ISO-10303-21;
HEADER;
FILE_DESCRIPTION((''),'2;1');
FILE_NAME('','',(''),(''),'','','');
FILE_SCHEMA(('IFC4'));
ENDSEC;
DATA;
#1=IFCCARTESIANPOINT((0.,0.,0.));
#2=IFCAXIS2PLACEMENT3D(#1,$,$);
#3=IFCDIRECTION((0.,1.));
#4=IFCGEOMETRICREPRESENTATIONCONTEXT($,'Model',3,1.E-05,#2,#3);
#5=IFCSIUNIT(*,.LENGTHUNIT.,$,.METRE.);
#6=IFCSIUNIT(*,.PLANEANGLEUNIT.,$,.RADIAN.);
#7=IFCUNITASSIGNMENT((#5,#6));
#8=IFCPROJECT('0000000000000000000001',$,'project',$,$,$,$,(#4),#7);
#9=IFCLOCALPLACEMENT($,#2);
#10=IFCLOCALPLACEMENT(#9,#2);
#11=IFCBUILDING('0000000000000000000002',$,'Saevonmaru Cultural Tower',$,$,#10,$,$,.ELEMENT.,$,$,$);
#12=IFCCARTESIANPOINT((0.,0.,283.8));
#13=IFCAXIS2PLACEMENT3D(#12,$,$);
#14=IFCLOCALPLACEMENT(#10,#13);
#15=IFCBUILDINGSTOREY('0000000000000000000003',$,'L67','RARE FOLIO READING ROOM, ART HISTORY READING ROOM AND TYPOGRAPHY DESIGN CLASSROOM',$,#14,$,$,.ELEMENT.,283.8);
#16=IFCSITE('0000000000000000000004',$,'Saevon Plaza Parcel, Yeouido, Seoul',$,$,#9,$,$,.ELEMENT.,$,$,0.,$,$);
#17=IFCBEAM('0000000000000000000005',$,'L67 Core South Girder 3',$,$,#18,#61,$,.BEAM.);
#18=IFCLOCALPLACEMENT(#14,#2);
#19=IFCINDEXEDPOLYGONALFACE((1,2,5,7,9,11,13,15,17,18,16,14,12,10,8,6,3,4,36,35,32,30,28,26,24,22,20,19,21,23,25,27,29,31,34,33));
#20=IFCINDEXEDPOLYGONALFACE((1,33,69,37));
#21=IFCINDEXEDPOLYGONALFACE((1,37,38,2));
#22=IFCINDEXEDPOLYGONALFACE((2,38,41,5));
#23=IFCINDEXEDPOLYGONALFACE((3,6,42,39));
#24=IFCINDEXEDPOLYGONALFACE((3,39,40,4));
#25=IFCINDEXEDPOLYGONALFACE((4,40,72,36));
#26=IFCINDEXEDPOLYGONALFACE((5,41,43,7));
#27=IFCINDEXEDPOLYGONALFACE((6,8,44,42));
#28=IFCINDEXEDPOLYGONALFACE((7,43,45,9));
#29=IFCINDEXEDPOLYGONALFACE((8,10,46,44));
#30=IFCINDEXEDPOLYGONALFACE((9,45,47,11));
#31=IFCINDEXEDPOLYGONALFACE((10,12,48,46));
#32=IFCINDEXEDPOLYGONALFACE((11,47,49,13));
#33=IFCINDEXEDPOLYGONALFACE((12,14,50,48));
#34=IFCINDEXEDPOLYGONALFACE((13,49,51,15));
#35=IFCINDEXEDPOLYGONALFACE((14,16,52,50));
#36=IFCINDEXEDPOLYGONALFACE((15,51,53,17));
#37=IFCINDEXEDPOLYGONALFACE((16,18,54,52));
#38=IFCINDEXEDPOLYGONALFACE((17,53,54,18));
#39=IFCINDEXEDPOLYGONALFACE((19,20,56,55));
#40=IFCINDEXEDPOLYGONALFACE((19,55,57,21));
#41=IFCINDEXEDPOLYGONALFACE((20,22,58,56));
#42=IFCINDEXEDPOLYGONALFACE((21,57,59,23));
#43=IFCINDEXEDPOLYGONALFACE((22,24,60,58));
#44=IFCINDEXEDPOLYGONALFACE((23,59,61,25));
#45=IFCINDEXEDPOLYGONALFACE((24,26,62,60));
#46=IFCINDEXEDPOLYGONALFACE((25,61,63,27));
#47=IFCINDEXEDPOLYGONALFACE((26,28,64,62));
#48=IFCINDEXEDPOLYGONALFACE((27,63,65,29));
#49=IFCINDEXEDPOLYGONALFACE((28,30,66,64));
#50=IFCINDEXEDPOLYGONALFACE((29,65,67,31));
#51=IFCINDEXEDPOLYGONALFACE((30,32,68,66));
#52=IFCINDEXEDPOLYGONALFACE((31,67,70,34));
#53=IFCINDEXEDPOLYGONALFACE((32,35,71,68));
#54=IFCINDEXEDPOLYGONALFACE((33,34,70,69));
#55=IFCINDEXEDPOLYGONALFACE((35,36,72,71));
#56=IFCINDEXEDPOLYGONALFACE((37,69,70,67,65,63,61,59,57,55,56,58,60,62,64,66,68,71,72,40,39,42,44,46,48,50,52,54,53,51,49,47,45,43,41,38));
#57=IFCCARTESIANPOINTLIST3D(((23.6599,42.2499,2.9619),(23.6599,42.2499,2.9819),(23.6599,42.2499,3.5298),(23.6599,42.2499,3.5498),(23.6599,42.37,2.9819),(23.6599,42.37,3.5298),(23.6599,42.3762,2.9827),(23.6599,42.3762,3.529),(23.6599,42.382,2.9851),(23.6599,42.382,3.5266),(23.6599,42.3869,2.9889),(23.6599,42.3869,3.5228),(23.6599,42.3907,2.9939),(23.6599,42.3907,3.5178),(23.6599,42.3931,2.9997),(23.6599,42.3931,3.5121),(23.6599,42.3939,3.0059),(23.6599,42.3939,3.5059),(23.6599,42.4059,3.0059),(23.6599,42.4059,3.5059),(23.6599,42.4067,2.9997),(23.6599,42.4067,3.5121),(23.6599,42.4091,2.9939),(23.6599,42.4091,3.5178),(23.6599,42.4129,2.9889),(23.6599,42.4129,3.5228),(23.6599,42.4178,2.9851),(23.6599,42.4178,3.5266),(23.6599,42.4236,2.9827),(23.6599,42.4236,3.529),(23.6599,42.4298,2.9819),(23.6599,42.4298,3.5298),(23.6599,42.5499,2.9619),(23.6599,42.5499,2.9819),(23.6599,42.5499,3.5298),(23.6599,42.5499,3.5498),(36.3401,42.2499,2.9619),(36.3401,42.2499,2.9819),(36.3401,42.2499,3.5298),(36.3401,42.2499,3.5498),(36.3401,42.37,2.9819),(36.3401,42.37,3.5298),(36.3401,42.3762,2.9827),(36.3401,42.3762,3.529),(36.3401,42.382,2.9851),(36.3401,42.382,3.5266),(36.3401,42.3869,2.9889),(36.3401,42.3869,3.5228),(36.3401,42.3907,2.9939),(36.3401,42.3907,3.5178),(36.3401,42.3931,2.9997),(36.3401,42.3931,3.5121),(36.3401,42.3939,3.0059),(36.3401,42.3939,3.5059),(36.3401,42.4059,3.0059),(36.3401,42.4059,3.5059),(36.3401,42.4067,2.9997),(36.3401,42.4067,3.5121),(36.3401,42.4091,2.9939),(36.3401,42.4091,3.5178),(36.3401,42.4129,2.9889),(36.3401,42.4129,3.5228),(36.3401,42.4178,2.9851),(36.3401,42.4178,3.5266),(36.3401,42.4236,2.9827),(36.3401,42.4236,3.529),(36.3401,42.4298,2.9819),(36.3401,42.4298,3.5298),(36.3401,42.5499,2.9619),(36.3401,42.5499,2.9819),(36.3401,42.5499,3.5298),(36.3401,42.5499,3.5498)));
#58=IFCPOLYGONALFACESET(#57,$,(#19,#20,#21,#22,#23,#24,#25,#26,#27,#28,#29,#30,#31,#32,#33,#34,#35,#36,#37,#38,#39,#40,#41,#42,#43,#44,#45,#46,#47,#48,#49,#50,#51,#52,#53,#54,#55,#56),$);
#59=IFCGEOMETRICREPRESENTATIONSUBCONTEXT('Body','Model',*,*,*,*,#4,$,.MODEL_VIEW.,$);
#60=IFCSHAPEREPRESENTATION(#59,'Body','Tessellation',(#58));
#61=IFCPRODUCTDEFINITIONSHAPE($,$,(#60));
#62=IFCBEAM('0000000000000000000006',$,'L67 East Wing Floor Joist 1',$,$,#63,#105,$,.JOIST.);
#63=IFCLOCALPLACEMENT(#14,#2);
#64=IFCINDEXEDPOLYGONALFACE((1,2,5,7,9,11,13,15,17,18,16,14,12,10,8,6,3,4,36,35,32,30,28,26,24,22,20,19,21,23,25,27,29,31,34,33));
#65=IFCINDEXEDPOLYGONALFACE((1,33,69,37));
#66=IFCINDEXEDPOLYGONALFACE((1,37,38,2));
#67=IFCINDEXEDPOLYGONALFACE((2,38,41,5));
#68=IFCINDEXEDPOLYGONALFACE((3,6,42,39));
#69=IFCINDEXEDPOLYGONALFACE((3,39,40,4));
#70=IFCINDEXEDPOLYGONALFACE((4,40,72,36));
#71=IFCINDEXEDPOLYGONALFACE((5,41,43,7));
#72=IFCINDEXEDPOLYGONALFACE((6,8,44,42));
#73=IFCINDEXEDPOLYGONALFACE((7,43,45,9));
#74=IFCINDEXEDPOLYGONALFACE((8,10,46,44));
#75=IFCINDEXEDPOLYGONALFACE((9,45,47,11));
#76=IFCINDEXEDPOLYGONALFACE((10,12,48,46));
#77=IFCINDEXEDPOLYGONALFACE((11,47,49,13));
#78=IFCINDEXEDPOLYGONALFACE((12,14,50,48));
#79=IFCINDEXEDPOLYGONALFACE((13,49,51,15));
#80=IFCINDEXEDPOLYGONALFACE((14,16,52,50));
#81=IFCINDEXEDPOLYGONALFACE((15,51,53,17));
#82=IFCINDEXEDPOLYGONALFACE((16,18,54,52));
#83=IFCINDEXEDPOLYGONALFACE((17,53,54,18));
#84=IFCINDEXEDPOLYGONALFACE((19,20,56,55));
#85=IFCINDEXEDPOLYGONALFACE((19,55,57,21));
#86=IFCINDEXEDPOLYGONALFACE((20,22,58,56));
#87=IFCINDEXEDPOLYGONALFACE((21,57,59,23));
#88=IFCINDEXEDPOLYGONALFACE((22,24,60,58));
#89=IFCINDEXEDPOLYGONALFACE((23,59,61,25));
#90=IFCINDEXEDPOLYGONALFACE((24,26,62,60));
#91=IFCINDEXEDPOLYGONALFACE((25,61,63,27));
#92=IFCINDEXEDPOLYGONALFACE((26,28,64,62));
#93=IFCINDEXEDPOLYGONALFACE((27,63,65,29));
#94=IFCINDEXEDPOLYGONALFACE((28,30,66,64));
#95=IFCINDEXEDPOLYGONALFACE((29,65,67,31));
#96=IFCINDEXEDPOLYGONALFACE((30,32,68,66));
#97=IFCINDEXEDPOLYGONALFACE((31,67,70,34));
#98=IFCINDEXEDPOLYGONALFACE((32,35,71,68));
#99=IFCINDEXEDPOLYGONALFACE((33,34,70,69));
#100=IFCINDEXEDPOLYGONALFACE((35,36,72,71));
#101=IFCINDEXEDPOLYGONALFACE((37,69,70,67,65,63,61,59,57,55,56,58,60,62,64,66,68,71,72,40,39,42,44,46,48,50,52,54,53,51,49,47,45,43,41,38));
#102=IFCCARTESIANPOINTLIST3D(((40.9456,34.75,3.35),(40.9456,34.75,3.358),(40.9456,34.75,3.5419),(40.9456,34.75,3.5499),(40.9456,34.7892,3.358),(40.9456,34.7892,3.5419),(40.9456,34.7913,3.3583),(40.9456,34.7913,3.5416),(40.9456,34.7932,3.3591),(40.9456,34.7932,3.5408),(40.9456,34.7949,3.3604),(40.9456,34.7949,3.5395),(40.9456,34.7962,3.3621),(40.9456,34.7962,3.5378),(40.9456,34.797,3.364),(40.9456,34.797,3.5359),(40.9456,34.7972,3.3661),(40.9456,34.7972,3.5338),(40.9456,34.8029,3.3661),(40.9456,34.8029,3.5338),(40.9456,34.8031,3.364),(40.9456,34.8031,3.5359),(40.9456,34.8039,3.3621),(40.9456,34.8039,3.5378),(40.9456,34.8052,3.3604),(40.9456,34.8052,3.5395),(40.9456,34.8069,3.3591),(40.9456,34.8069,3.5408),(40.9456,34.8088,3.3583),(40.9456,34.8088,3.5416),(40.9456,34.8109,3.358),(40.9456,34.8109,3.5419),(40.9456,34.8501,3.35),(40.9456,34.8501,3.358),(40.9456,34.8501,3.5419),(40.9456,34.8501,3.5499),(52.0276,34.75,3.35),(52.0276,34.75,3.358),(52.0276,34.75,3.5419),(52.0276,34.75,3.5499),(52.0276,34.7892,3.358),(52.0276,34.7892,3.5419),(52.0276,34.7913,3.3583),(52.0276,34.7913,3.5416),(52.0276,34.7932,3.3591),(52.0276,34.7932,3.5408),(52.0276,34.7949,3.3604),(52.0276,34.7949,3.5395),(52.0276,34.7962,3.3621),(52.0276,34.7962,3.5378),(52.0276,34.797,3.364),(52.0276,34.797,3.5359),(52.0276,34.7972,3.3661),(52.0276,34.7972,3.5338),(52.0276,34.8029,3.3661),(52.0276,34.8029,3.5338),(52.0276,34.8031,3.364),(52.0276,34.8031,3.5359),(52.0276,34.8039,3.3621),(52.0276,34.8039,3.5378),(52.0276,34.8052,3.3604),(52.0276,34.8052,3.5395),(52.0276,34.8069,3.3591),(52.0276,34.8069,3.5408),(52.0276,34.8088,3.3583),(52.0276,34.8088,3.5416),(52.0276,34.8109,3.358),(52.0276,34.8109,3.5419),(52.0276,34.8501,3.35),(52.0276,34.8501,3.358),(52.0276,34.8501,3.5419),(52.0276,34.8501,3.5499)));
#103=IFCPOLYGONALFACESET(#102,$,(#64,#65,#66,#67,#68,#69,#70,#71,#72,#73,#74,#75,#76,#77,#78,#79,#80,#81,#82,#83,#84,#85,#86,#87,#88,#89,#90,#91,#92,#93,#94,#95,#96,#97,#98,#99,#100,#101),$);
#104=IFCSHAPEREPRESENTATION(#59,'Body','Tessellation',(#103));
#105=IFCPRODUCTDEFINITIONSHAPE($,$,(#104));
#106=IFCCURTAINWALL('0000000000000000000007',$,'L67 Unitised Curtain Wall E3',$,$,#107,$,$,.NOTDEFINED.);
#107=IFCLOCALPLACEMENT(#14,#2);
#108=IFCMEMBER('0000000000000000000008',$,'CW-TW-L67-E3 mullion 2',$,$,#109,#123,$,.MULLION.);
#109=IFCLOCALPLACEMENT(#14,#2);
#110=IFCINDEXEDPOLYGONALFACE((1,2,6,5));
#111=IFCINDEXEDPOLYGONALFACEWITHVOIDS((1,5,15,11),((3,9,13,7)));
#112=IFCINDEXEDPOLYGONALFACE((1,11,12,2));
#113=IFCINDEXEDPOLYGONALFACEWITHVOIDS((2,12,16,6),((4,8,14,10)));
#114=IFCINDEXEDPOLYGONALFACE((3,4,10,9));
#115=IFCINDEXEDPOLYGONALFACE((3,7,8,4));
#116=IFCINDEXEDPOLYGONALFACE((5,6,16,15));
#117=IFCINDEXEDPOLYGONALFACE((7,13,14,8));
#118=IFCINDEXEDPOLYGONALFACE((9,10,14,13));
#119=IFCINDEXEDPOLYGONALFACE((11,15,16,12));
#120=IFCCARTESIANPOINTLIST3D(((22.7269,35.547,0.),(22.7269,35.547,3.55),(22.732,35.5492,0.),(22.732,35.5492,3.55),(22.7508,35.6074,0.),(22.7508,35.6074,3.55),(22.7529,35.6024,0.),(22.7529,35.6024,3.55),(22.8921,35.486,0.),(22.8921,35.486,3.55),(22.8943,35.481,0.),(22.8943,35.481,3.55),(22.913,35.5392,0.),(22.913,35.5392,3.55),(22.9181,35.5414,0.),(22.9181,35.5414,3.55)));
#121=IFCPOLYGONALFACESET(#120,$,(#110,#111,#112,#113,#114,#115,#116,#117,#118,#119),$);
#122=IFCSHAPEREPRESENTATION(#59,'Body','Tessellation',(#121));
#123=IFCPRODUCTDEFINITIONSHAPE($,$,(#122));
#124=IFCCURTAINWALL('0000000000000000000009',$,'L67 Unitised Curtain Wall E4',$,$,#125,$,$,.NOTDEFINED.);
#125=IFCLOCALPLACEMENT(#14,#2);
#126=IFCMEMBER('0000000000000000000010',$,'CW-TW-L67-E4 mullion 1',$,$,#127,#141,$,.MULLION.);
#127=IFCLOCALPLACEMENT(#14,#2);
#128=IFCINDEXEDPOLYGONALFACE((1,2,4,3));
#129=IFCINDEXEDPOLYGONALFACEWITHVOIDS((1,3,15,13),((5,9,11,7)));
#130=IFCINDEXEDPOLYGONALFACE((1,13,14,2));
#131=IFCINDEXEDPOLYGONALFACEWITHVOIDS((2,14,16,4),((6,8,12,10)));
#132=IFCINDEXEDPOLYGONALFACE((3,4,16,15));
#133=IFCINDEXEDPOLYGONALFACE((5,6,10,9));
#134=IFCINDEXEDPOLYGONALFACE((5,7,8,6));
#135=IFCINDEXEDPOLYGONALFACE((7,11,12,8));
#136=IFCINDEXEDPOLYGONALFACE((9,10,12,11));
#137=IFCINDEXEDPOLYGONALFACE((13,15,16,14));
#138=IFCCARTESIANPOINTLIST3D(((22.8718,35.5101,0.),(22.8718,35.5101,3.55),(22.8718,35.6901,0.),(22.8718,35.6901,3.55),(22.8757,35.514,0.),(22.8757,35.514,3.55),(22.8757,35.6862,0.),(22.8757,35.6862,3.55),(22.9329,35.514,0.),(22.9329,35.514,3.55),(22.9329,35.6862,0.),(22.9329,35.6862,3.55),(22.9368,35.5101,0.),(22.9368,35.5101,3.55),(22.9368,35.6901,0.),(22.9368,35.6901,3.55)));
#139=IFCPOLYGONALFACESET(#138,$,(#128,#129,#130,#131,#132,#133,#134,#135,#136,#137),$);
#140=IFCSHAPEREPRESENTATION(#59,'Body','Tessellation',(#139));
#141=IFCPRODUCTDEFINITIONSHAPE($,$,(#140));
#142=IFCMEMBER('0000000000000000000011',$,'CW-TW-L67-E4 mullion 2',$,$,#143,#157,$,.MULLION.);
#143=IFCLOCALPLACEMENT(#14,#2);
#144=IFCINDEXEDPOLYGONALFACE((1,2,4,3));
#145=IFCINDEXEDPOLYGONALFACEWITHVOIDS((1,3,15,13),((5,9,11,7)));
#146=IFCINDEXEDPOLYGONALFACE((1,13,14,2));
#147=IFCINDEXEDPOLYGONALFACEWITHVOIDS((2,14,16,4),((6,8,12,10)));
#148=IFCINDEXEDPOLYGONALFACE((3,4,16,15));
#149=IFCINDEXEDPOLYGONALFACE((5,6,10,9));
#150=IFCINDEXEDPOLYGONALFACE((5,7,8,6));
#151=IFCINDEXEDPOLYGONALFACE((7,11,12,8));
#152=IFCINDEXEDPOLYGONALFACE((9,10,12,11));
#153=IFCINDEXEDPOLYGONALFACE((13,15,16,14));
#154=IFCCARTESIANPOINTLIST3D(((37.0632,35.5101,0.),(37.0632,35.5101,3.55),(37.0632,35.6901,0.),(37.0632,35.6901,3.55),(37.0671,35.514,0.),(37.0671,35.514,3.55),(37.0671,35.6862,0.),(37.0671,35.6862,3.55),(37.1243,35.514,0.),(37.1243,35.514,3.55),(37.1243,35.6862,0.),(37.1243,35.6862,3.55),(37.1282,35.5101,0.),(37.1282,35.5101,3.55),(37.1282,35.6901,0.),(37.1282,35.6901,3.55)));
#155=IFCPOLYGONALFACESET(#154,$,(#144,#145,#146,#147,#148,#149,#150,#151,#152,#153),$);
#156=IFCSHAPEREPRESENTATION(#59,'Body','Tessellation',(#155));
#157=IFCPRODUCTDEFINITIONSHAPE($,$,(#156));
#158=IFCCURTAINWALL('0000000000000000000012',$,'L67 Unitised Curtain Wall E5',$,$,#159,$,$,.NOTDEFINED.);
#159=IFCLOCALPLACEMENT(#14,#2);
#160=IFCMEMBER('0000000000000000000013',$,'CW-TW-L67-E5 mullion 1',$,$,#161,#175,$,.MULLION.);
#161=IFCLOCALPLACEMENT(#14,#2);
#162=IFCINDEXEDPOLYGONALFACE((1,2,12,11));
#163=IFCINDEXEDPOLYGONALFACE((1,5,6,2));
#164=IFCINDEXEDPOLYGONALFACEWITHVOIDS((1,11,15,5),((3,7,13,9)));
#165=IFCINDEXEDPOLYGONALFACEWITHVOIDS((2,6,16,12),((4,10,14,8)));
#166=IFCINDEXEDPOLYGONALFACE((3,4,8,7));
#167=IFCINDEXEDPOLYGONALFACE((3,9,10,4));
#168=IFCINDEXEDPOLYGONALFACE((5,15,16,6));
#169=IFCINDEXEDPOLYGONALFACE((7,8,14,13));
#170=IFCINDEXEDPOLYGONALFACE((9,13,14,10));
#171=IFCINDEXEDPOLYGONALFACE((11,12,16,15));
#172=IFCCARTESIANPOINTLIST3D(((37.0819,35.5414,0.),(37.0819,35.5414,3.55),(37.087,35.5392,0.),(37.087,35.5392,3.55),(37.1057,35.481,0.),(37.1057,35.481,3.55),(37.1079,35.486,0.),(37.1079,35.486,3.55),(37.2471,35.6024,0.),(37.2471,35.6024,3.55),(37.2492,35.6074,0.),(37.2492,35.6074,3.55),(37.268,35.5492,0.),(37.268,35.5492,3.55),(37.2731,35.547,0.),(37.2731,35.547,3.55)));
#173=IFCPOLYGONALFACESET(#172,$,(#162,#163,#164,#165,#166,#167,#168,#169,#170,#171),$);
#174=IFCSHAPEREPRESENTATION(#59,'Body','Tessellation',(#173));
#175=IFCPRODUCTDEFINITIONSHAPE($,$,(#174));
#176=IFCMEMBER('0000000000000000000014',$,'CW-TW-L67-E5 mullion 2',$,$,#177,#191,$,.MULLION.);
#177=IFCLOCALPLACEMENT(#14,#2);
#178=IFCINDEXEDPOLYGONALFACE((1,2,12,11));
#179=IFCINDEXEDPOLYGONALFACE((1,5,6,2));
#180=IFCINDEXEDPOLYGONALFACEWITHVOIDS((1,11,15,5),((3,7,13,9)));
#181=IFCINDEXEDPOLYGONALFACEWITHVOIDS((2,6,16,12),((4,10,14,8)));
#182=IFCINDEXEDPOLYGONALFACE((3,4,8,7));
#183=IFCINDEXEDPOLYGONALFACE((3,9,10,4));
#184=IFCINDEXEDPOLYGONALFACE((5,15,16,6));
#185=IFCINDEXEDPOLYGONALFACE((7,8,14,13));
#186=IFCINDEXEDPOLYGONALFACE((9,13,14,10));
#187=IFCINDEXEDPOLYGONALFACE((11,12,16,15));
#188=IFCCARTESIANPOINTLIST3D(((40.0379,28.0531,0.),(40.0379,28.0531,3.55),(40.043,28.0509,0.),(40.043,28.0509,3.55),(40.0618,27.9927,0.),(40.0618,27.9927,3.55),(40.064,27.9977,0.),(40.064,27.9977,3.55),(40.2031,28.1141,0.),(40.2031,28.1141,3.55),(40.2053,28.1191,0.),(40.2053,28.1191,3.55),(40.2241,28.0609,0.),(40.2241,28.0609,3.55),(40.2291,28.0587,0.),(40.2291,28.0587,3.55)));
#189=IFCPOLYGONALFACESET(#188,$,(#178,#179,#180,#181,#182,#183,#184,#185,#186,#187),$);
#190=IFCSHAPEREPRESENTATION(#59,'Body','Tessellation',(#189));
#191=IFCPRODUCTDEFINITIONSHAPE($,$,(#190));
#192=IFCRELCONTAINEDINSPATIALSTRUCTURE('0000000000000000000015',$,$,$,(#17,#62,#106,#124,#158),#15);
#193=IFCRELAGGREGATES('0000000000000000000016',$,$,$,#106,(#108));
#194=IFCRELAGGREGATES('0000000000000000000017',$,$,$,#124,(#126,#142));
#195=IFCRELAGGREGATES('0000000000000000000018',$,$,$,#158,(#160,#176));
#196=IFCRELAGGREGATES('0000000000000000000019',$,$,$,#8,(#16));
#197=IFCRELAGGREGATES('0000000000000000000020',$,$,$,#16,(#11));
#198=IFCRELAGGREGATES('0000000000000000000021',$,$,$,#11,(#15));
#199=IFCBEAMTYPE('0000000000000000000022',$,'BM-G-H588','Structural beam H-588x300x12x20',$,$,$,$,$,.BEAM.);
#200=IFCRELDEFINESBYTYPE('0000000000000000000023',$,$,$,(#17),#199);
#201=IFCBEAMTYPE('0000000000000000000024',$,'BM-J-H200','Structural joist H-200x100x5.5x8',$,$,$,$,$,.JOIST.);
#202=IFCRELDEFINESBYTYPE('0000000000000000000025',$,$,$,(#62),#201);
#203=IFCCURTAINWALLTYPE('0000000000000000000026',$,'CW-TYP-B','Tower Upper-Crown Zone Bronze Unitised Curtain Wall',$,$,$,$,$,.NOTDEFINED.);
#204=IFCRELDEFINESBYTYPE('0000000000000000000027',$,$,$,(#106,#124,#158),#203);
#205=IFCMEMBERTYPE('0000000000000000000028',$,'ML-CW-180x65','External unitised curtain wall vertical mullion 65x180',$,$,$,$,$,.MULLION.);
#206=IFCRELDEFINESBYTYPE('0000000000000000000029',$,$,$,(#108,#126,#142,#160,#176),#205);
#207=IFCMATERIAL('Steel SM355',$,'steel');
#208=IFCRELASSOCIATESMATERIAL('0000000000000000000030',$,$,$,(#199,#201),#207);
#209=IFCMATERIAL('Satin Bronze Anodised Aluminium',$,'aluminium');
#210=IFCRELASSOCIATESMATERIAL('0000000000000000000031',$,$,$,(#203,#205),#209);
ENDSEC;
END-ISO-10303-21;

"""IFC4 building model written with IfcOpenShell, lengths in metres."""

from ifc_helpers import new_model, si_unit, direction, frame, origin, origin_2d, place, context, subcontext, project, spatial, hollow_rectangle, i_section, extrude, material, material_profile, profile_set, type_object, element, aggregate, save


model = new_model("IFC4")

# Units and contexts
model_context = context("Model", 3, precision=1e-05, world=origin(), true_north=direction((0.0, 1.0)))
body_context = subcontext(model_context, "Body", "Model", "MODEL_VIEW")
ifc_project = project(units=[si_unit("LENGTHUNIT", "METRE"), si_unit("PLANEANGLEUNIT", "RADIAN")], contexts=[model_context])

# Site, building, storey
site_placement = place(None, origin())
site = spatial("IfcSite", under=ifc_project, at=site_placement, Name="Saevon Plaza Parcel, Yeouido, Seoul", CompositionType="ELEMENT", RefElevation=0.0)
building_placement = place(site_placement, origin())
building = spatial("IfcBuilding", under=site, at=building_placement, Name="Saevonmaru Cultural Tower", CompositionType="ELEMENT")
storey_placement = place(building_placement, frame((0.0, 0.0, 283.8)))
storey = spatial("IfcBuildingStorey", under=building, at=storey_placement, Name="L67", Description="RARE FOLIO READING ROOM, ART HISTORY READING ROOM AND TYPOGRAPHY DESIGN CLASSROOM", CompositionType="ELEMENT", Elevation=283.8)

# Shared definitions
ifc_material_1 = material(Name="Steel SM355", Category="steel")

# Beams
ifc_material_profile_1 = material_profile(ifc_material_1, i_section(OverallWidth=0.3, OverallDepth=0.5879, WebThickness=0.012, FlangeThickness=0.02, FilletRadius=0.0239, at=origin_2d()), Name="H-588x300x12x20")
ifc_profile_set_1 = profile_set([ifc_material_profile_1], Name="Steel SM355")
beam_type_1 = type_object("IfcBeamType", Name="BM-G-H588", Description="Structural beam H-588x300x12x20", PredefinedType="BEAM", material=ifc_profile_set_1)
beam_1_placement = place(storey_placement, frame((23.6599, 42.3999, 3.2559), z_axis=(1.0, 0.0, 0.0), x_axis=(0.0, 1.0, 0.0)))
element("IfcBeam", 1, at=beam_1_placement, inside=storey, type_object=beam_type_1, Name="L67 Core South Girder 3", PredefinedType="BEAM", context=body_context, shape_type="SweptSolid", body=[
    extrude(i_section(OverallWidth=0.3, OverallDepth=0.5879, WebThickness=0.012, FlangeThickness=0.02, FilletRadius=0.0239, at=origin_2d()), origin(), (0.0, 0.0, 1.0), 12.6802),
])
ifc_material_profile_2 = material_profile(ifc_material_1, i_section(OverallWidth=0.1001, OverallDepth=0.2, WebThickness=0.0056, FlangeThickness=0.0081, FilletRadius=0.0081, at=origin_2d()), Name="H-200x100x5.5x8")
ifc_profile_set_2 = profile_set([ifc_material_profile_2], Name="Steel SM355")
beam_type_2 = type_object("IfcBeamType", Name="BM-J-H200", Description="Structural joist H-200x100x5.5x8", PredefinedType="JOIST", material=ifc_profile_set_2)
beam_2_placement = place(storey_placement, frame((40.9456, 34.8, 3.45), z_axis=(1.0, 0.0, 0.0), x_axis=(0.0, 1.0, 0.0)))
element("IfcBeam", 2, at=beam_2_placement, inside=storey, type_object=beam_type_2, Name="L67 East Wing Floor Joist 1", PredefinedType="JOIST", context=body_context, shape_type="SweptSolid", body=[
    extrude(i_section(OverallWidth=0.1001, OverallDepth=0.2, WebThickness=0.0056, FlangeThickness=0.0081, FilletRadius=0.0081, at=origin_2d()), origin(), (0.0, 0.0, 1.0), 11.082),
])

# Curtain wall, member
ifc_material_2 = material(Name="Satin Bronze Anodised Aluminium", Category="aluminium")
curtain_wall_type = type_object("IfcCurtainWallType", Name="CW-TYP-B", Description="Tower Upper-Crown Zone Bronze Unitised Curtain Wall", PredefinedType="NOTDEFINED", material=ifc_material_2)
curtain_wall_1_placement = place(storey_placement, origin())
curtain_wall_1 = element("IfcCurtainWall", 3, at=curtain_wall_1_placement, inside=storey, type_object=curtain_wall_type, Name="L67 Unitised Curtain Wall E3", PredefinedType="NOTDEFINED")
ifc_material_profile_3 = material_profile(ifc_material_2, hollow_rectangle(XDim=0.0649, YDim=0.1799, WallThickness=0.0039, at=origin_2d()), Name="ALU-MULL-180x65x4")
ifc_profile_set_3 = profile_set([ifc_material_profile_3], Name="Satin Bronze Anodised Aluminium")
member_type_1 = type_object("IfcMemberType", Name="ML-CW-180x65", Description="External unitised curtain wall vertical mullion 65x180", PredefinedType="MULLION", material=ifc_profile_set_3)
member_1_placement = place(storey_placement, frame((22.8225, 35.5442, 0.0), z_axis=(0.0, 0.0, 1.0), x_axis=(0.367172, 0.930153, 0.0)))
member_1 = element("IfcMember", 4, at=member_1_placement, type_object=member_type_1, Name="CW-TW-L67-E3 mullion 2", PredefinedType="MULLION", context=body_context, shape_type="SweptSolid", body=[
    extrude(hollow_rectangle(XDim=0.0649, YDim=0.1799, WallThickness=0.0039, at=origin_2d()), origin(), (0.0, 0.0, 1.0), 3.55),
])
aggregate(curtain_wall_1, [member_1])

# Curtain walls, members
curtain_wall_2_placement = place(storey_placement, origin())
curtain_wall_2 = element("IfcCurtainWall", 5, at=curtain_wall_2_placement, inside=storey, type_object=curtain_wall_type, Name="L67 Unitised Curtain Wall E4", PredefinedType="NOTDEFINED")
member_2_placement = place(storey_placement, frame((22.9043, 35.6001, 0.0), z_axis=(0.0, 0.0, 1.0), x_axis=(1.0, 0.0, 0.0)))
member_2 = element("IfcMember", 6, at=member_2_placement, type_object=member_type_1, Name="CW-TW-L67-E4 mullion 1", PredefinedType="MULLION", context=body_context, shape_type="SweptSolid", body=[
    extrude(hollow_rectangle(XDim=0.0649, YDim=0.1799, WallThickness=0.0039, at=origin_2d()), origin(), (0.0, 0.0, 1.0), 3.55),
])
member_3_placement = place(storey_placement, frame((37.0957, 35.6001, 0.0), z_axis=(0.0, 0.0, 1.0), x_axis=(1.0, 0.0, 0.0)))
member_3 = element("IfcMember", 7, at=member_3_placement, type_object=member_type_1, Name="CW-TW-L67-E4 mullion 2", PredefinedType="MULLION", context=body_context, shape_type="SweptSolid", body=[
    extrude(hollow_rectangle(XDim=0.0649, YDim=0.1799, WallThickness=0.0039, at=origin_2d()), origin(), (0.0, 0.0, 1.0), 3.55),
])
curtain_wall_3_placement = place(storey_placement, origin())
curtain_wall_3 = element("IfcCurtainWall", 8, at=curtain_wall_3_placement, inside=storey, type_object=curtain_wall_type, Name="L67 Unitised Curtain Wall E5", PredefinedType="NOTDEFINED")
member_4_placement = place(storey_placement, frame((37.1775, 35.5442, 0.0), z_axis=(0.0, 0.0, 1.0), x_axis=(0.367172, -0.930153, 0.0)))
member_4 = element("IfcMember", 9, at=member_4_placement, type_object=member_type_1, Name="CW-TW-L67-E5 mullion 1", PredefinedType="MULLION", context=body_context, shape_type="SweptSolid", body=[
    extrude(hollow_rectangle(XDim=0.0649, YDim=0.1799, WallThickness=0.0039, at=origin_2d()), origin(), (0.0, 0.0, 1.0), 3.55),
])
member_5_placement = place(storey_placement, frame((40.1335, 28.0559, 0.0), z_axis=(0.0, 0.0, 1.0), x_axis=(0.367172, -0.930153, 0.0)))
member_5 = element("IfcMember", 10, at=member_5_placement, type_object=member_type_1, Name="CW-TW-L67-E5 mullion 2", PredefinedType="MULLION", context=body_context, shape_type="SweptSolid", body=[
    extrude(hollow_rectangle(XDim=0.0649, YDim=0.1799, WallThickness=0.0039, at=origin_2d()), origin(), (0.0, 0.0, 1.0), 3.55),
])

aggregate(curtain_wall_2, [member_2, member_3])
aggregate(curtain_wall_3, [member_4, member_5])

save(model, "model.ifc")
